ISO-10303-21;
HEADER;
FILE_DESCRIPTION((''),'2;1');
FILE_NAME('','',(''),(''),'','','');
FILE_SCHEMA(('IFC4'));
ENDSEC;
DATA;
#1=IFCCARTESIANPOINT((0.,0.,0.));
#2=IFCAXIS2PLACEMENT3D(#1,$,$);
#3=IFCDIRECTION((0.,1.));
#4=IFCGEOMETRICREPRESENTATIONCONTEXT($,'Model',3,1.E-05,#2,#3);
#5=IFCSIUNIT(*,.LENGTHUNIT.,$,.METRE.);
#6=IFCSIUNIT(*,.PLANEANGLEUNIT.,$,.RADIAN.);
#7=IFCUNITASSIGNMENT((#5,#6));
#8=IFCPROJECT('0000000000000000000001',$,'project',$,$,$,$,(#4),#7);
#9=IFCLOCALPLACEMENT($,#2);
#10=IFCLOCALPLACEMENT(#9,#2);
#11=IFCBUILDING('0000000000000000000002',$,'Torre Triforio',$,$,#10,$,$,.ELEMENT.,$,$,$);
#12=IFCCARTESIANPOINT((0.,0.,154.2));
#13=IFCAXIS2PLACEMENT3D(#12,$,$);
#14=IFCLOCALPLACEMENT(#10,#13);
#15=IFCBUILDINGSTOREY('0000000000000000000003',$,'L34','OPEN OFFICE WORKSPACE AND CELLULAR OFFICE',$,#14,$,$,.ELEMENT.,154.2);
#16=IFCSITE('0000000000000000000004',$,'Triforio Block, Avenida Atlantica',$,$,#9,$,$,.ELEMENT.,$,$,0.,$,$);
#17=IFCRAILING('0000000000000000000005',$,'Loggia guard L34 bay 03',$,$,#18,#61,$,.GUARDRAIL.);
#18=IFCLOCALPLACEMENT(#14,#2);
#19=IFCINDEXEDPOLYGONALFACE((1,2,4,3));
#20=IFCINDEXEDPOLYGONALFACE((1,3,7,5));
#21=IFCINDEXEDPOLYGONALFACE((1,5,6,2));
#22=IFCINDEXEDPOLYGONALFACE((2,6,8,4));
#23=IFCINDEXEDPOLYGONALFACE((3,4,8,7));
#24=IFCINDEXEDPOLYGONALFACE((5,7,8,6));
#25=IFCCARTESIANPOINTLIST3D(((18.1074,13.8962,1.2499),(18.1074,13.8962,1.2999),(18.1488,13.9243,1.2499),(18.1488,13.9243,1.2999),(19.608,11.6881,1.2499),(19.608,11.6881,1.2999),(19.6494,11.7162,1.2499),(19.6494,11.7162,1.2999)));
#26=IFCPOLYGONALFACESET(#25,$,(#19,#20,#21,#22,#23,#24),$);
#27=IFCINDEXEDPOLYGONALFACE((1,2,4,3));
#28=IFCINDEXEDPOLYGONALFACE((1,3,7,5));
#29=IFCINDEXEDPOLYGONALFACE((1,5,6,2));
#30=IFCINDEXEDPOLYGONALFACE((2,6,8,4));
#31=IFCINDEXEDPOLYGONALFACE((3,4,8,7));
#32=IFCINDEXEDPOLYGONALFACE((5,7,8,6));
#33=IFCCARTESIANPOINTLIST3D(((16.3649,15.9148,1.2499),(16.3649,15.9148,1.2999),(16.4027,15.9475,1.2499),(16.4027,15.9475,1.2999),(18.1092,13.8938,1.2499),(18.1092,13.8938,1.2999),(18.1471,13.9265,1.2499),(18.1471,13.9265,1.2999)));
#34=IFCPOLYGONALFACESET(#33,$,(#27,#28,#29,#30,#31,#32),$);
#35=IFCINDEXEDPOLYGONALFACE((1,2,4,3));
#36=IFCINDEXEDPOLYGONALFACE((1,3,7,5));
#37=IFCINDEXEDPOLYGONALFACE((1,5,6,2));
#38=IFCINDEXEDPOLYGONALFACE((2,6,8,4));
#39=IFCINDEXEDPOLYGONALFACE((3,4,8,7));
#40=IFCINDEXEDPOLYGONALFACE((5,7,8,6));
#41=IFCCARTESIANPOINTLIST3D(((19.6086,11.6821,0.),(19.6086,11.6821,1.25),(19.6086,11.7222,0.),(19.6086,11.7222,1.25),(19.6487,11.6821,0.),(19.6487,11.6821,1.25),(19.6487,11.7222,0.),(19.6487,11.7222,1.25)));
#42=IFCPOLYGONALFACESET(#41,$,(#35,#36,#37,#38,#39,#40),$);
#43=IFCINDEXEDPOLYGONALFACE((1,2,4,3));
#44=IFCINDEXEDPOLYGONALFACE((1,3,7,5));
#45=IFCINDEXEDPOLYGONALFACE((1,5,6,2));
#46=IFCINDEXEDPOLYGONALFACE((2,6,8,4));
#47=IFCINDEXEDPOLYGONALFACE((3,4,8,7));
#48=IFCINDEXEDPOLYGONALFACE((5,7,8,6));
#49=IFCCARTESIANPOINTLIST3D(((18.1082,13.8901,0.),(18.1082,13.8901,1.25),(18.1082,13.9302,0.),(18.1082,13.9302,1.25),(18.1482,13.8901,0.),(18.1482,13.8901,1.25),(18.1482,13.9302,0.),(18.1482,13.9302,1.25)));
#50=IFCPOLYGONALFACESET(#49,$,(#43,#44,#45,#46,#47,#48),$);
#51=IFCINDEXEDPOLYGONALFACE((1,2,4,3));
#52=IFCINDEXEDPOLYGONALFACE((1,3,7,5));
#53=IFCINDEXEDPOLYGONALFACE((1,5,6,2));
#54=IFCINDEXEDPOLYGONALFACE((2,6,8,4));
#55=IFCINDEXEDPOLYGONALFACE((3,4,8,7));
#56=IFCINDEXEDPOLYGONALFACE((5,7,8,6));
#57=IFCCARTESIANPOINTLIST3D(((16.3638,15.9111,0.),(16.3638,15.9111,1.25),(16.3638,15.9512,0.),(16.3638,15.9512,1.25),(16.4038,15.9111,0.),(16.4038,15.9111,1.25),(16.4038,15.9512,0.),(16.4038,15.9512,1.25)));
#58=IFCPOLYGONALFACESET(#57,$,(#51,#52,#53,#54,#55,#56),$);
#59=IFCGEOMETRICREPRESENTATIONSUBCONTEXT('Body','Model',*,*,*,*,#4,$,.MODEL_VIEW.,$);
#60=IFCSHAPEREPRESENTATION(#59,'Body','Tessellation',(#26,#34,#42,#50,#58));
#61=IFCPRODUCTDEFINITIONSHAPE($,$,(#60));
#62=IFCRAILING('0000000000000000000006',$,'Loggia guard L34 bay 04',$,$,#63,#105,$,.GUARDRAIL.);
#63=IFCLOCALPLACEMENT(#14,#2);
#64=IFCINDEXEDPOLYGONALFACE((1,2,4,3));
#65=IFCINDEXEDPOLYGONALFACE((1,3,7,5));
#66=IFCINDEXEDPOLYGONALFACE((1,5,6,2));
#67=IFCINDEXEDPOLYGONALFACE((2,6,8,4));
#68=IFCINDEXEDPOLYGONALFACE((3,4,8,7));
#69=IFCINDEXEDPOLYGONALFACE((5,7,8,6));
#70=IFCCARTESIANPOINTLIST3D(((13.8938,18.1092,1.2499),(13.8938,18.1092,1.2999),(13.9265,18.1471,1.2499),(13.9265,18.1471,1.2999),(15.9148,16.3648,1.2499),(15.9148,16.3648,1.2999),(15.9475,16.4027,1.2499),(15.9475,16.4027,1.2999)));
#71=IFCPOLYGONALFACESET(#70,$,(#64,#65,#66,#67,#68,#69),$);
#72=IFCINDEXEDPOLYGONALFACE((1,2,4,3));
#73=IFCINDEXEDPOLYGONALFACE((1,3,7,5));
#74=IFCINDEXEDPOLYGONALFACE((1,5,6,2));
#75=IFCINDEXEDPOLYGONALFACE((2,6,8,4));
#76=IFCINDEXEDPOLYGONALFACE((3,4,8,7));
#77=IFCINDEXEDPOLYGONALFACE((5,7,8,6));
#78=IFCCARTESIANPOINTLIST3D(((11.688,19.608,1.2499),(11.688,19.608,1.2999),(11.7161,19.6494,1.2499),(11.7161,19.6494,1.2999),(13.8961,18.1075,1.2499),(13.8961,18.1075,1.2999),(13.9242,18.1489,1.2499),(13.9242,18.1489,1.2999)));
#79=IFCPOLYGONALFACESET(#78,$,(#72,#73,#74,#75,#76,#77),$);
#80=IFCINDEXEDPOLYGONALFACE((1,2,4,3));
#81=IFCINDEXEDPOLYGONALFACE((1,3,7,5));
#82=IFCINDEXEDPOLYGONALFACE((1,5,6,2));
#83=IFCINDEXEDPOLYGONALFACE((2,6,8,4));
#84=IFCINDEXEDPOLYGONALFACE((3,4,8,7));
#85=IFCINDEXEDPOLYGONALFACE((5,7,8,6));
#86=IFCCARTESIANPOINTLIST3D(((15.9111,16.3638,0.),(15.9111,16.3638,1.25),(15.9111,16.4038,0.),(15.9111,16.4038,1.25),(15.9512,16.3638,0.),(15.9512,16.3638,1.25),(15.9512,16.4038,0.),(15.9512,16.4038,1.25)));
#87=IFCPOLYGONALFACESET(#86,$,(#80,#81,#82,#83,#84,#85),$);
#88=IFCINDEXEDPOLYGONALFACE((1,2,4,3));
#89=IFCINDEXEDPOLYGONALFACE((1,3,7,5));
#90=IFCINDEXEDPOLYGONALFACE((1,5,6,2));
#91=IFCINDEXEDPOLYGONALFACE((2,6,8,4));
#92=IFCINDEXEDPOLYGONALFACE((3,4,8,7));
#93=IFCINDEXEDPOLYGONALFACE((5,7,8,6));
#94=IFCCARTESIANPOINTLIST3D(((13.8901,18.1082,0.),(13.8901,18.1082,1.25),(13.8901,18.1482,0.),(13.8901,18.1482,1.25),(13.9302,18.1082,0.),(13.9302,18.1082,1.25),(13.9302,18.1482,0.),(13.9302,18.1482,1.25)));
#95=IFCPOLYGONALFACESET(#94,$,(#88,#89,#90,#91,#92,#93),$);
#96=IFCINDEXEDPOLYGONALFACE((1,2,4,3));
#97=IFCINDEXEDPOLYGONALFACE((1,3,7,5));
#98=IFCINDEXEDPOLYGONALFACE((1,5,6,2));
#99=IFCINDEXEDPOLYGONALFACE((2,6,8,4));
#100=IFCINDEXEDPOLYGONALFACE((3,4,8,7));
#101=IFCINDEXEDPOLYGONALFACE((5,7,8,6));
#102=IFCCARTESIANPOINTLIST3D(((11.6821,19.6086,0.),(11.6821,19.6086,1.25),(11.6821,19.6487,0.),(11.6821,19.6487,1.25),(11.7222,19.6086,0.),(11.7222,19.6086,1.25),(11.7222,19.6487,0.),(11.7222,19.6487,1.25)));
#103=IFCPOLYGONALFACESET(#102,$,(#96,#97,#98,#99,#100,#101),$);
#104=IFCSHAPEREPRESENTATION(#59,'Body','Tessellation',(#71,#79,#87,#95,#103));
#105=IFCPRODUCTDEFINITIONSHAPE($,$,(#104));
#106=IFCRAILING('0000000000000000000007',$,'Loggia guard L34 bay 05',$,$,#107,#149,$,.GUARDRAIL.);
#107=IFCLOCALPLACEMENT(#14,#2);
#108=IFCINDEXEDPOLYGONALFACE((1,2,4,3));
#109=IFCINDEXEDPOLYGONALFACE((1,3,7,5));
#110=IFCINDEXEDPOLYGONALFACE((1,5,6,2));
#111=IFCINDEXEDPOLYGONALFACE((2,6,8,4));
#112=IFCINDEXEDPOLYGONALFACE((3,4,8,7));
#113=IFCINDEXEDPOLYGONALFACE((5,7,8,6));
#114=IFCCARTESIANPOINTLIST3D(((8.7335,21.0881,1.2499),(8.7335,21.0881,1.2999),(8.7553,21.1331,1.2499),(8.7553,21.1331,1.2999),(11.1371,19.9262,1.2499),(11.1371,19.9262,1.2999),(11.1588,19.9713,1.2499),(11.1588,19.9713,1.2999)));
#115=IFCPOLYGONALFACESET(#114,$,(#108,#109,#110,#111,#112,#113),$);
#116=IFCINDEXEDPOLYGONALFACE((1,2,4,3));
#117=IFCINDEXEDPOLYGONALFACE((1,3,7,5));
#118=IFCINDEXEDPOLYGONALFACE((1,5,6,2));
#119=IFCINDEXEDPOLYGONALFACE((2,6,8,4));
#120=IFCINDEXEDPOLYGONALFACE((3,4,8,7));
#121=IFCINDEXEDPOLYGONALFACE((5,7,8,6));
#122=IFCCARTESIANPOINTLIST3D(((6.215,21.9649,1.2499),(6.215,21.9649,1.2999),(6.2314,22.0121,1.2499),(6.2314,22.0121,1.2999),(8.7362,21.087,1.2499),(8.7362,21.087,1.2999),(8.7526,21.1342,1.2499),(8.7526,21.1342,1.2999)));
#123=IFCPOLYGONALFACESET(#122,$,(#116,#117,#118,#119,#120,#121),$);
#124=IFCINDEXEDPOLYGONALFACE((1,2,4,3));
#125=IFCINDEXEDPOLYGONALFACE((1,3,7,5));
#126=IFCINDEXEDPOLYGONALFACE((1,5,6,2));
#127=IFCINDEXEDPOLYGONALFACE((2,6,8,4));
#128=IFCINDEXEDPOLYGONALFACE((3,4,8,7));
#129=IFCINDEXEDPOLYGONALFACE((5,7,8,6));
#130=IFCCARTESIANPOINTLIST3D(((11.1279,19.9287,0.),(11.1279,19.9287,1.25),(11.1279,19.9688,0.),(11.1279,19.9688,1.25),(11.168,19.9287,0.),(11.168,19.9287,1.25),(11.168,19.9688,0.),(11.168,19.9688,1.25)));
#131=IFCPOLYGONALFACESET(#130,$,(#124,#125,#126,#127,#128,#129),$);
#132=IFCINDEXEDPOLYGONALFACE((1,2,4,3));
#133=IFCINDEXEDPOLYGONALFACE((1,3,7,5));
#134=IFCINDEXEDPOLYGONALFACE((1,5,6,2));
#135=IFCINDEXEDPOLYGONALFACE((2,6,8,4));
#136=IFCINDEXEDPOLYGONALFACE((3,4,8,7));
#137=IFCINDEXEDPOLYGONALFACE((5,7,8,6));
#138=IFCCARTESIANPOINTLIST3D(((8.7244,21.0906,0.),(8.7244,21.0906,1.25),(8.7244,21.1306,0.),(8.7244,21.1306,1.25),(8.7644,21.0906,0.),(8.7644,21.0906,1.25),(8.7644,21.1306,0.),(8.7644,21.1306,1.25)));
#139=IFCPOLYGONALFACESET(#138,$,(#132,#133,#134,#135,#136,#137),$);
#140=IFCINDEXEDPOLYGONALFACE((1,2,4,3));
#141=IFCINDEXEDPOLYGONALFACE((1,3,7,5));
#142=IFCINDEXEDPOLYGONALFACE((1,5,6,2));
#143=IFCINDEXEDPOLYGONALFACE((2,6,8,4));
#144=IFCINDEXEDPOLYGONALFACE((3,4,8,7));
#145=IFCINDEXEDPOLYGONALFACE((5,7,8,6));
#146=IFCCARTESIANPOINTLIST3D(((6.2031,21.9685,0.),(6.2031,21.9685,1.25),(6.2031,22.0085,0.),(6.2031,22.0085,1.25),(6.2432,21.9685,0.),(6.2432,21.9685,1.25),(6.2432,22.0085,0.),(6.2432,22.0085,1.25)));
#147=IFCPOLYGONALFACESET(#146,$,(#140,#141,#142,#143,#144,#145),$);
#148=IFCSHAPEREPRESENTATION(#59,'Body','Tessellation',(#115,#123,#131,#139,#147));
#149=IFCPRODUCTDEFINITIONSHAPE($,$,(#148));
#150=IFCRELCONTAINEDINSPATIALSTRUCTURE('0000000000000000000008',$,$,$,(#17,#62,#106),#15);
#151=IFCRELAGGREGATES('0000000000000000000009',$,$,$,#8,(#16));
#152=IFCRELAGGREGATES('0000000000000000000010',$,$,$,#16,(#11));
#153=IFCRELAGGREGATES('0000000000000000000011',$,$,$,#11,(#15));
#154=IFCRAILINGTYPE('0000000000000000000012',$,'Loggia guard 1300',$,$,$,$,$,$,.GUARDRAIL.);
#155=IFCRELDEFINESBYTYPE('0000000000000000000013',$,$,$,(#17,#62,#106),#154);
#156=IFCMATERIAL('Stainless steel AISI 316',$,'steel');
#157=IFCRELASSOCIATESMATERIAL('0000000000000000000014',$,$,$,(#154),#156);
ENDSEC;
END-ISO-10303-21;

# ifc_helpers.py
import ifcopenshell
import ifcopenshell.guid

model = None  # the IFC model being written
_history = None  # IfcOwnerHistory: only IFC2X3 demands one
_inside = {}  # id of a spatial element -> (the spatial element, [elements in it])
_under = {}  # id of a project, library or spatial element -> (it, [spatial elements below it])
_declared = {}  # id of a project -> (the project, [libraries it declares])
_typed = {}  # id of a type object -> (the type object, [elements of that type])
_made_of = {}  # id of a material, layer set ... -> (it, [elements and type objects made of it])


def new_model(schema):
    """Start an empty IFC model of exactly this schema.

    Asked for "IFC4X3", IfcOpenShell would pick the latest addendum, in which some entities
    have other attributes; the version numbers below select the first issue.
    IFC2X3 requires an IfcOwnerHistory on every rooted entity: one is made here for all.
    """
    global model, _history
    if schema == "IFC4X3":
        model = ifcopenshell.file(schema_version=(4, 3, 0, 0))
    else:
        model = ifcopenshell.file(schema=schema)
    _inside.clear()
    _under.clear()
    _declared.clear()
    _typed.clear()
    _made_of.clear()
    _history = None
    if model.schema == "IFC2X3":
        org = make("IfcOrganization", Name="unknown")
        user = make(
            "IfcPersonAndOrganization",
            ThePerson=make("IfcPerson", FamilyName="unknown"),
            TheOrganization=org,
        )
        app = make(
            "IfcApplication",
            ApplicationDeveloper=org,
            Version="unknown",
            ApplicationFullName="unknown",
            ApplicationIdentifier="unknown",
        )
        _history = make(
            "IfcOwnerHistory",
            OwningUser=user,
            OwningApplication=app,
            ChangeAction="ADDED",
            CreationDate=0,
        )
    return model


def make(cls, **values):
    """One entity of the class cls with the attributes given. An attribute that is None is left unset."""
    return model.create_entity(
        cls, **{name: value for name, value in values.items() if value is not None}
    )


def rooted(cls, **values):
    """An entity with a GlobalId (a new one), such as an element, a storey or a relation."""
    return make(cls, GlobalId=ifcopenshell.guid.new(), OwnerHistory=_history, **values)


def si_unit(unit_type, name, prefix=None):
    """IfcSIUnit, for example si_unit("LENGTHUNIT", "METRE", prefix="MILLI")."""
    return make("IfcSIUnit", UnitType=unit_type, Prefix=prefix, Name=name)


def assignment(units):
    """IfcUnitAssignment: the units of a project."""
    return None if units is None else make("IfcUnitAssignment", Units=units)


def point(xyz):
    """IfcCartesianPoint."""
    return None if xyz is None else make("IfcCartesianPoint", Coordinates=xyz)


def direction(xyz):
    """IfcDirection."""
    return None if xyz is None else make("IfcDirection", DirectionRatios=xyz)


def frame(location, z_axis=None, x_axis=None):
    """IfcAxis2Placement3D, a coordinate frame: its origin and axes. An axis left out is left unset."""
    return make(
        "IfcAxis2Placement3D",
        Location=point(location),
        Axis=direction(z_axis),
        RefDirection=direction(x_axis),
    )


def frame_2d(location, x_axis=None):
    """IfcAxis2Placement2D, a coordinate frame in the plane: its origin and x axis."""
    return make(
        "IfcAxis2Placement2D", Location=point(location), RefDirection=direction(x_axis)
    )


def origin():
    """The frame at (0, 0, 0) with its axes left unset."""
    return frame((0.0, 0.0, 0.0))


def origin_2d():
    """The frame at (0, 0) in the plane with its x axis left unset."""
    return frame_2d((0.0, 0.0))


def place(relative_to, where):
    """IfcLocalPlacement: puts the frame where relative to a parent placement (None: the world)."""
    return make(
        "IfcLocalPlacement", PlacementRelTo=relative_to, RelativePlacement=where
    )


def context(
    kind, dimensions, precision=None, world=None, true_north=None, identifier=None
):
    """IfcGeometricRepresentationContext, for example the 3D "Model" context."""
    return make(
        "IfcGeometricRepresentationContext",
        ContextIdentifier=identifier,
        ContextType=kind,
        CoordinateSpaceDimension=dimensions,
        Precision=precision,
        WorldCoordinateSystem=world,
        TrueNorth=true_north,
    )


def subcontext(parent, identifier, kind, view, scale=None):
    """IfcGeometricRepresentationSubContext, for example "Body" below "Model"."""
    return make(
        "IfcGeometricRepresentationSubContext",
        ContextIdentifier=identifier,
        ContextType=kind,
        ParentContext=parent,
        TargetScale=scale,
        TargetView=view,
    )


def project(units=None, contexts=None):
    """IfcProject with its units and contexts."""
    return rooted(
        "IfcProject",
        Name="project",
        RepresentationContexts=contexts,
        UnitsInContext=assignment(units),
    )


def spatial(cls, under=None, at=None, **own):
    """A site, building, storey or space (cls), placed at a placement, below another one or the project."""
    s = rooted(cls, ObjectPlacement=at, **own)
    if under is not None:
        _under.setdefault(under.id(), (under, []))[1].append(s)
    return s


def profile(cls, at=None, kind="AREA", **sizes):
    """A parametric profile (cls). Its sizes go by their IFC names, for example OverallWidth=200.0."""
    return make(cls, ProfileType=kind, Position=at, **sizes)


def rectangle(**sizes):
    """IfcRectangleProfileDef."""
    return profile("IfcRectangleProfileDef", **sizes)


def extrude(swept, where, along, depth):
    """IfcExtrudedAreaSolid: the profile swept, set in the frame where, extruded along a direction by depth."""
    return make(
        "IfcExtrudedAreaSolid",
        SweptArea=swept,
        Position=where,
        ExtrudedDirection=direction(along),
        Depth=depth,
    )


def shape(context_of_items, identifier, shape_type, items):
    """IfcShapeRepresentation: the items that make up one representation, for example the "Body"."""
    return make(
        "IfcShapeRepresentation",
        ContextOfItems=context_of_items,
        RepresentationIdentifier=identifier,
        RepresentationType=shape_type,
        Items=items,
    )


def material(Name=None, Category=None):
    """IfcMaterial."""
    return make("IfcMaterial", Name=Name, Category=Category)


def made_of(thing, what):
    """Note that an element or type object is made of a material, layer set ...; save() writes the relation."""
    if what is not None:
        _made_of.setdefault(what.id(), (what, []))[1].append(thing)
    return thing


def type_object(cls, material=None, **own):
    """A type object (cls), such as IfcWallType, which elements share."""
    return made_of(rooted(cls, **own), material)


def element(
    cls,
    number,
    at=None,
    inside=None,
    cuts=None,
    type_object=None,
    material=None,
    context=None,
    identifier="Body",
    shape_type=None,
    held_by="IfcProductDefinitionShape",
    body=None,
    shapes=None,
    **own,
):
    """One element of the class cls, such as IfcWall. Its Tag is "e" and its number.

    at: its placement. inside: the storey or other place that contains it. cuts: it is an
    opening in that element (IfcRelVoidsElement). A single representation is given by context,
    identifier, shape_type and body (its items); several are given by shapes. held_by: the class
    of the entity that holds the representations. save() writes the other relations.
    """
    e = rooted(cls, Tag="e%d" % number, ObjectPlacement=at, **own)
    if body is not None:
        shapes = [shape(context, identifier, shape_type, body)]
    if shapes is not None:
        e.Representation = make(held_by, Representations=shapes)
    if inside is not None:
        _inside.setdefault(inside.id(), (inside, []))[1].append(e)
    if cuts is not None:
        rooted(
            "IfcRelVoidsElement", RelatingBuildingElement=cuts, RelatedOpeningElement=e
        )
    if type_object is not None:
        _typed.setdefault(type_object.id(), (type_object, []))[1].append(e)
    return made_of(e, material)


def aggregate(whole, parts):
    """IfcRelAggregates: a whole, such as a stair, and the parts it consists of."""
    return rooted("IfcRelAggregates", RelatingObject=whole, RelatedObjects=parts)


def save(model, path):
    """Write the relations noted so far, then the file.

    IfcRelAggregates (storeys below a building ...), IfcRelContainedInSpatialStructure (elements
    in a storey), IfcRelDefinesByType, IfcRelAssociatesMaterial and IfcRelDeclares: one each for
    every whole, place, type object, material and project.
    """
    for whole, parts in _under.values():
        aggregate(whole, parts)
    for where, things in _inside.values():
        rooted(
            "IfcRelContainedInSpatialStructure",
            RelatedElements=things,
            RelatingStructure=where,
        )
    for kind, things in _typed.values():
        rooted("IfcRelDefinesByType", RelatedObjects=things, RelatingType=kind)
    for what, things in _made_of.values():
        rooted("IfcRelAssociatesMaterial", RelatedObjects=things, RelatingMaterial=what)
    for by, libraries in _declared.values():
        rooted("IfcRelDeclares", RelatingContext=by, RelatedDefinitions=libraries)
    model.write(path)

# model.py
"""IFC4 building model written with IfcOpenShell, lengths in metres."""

from ifc_helpers import new_model, si_unit, direction, frame, origin, origin_2d, place, context, subcontext, project, spatial, rectangle, extrude, material, type_object, element, save


model = new_model("IFC4")

# Units and contexts
model_context = context("Model", 3, precision=1e-05, world=origin(), true_north=direction((0.0, 1.0)))
body_context = subcontext(model_context, "Body", "Model", "MODEL_VIEW")
ifc_project = project(units=[si_unit("LENGTHUNIT", "METRE"), si_unit("PLANEANGLEUNIT", "RADIAN")], contexts=[model_context])

# Site, building, storey
site_placement = place(None, origin())
site = spatial("IfcSite", under=ifc_project, at=site_placement, Name="Triforio Block, Avenida Atlantica", CompositionType="ELEMENT", RefElevation=0.0)
building_placement = place(site_placement, origin())
building = spatial("IfcBuilding", under=site, at=building_placement, Name="Torre Triforio", CompositionType="ELEMENT")
storey_placement = place(building_placement, frame((0.0, 0.0, 154.2)))
storey = spatial("IfcBuildingStorey", under=building, at=storey_placement, Name="L34", Description="OPEN OFFICE WORKSPACE AND CELLULAR OFFICE", CompositionType="ELEMENT", Elevation=154.2)

# Railings
ifc_material_1 = material(Name="Stainless steel AISI 316", Category="steel")
railing_type = type_object("IfcRailingType", Name="Loggia guard 1300", PredefinedType="GUARDRAIL", material=ifc_material_1)
railing_1_placement = place(storey_placement, frame((19.6287, 11.7021, 0.0)))
element("IfcRailing", 1, at=railing_1_placement, inside=storey, type_object=railing_type, Name="Loggia guard L34 bay 03", PredefinedType="GUARDRAIL", context=body_context, shape_type="SweptSolid", body=[
    extrude(rectangle(XDim=0.05, YDim=0.05, at=origin_2d()), frame((0.0, 0.0, 1.2749), z_axis=(-0.562065, 0.827093, 0.0), x_axis=(-0.827093, -0.562065, 0.0)), (0.0, 0.0, 1.0), 2.6697),
    extrude(rectangle(XDim=0.05, YDim=0.05, at=origin_2d()), frame((-1.5005, 2.208, 1.2749), z_axis=(-0.653401, 0.757012, 0.0), x_axis=(-0.757012, -0.653401, 0.0)), (0.0, 0.0, 1.0), 2.6697),
    extrude(rectangle(XDim=0.04, YDim=0.04, at=origin_2d()), origin(), (0.0, 0.0, 1.0), 1.25),
    extrude(rectangle(XDim=0.04, YDim=0.04, at=origin_2d()), frame((-1.5005, 2.208, 0.0)), (0.0, 0.0, 1.0), 1.25),
    extrude(rectangle(XDim=0.04, YDim=0.04, at=origin_2d()), frame((-3.2449, 4.229, 0.0)), (0.0, 0.0, 1.0), 1.25),
])
railing_2_placement = place(storey_placement, frame((15.9312, 16.3838, 0.0)))
element("IfcRailing", 2, at=railing_2_placement, inside=storey, type_object=railing_type, Name="Loggia guard L34 bay 04", PredefinedType="GUARDRAIL", context=body_context, shape_type="SweptSolid", body=[
    extrude(rectangle(XDim=0.05, YDim=0.05, at=origin_2d()), frame((0.0, 0.0, 1.2749), z_axis=(-0.757012, 0.653401, 0.0), x_axis=(-0.653401, -0.757012, 0.0)), (0.0, 0.0, 1.0), 2.6697),
    extrude(rectangle(XDim=0.05, YDim=0.05, at=origin_2d()), frame((-2.021, 1.7444, 1.2749), z_axis=(-0.827093, 0.562065, 0.0), x_axis=(-0.562065, -0.827093, 0.0)), (0.0, 0.0, 1.0), 2.6697),
    extrude(rectangle(XDim=0.04, YDim=0.04, at=origin_2d()), origin(), (0.0, 0.0, 1.0), 1.25),
    extrude(rectangle(XDim=0.04, YDim=0.04, at=origin_2d()), frame((-2.021, 1.7444, 0.0)), (0.0, 0.0, 1.0), 1.25),
    extrude(rectangle(XDim=0.04, YDim=0.04, at=origin_2d()), frame((-4.229, 3.2449, 0.0)), (0.0, 0.0, 1.0), 1.25),
])
railing_3_placement = place(storey_placement, frame((11.1479, 19.9487, 0.0)))
element("IfcRailing", 3, at=railing_3_placement, inside=storey, type_object=railing_type, Name="Loggia guard L34 bay 05", PredefinedType="GUARDRAIL", context=body_context, shape_type="SweptSolid", body=[
    extrude(rectangle(XDim=0.05, YDim=0.05, at=origin_2d()), frame((0.0, 0.0, 1.2749), z_axis=(-0.900328, 0.435212, 0.0), x_axis=(-0.435212, -0.900328, 0.0)), (0.0, 0.0, 1.0), 2.6697),
    extrude(rectangle(XDim=0.05, YDim=0.05, at=origin_2d()), frame((-2.4036, 1.1619, 1.2749), z_axis=(-0.944383, 0.328847, 0.0), x_axis=(-0.328847, -0.944383, 0.0)), (0.0, 0.0, 1.0), 2.6697),
    extrude(rectangle(XDim=0.04, YDim=0.04, at=origin_2d()), origin(), (0.0, 0.0, 1.0), 1.25),
    extrude(rectangle(XDim=0.04, YDim=0.04, at=origin_2d()), frame((-2.4036, 1.1619, 0.0)), (0.0, 0.0, 1.0), 1.25),
    extrude(rectangle(XDim=0.04, YDim=0.04, at=origin_2d()), frame((-4.9248, 2.0398, 0.0)), (0.0, 0.0, 1.0), 1.25),
])

save(model, "model.ifc")
